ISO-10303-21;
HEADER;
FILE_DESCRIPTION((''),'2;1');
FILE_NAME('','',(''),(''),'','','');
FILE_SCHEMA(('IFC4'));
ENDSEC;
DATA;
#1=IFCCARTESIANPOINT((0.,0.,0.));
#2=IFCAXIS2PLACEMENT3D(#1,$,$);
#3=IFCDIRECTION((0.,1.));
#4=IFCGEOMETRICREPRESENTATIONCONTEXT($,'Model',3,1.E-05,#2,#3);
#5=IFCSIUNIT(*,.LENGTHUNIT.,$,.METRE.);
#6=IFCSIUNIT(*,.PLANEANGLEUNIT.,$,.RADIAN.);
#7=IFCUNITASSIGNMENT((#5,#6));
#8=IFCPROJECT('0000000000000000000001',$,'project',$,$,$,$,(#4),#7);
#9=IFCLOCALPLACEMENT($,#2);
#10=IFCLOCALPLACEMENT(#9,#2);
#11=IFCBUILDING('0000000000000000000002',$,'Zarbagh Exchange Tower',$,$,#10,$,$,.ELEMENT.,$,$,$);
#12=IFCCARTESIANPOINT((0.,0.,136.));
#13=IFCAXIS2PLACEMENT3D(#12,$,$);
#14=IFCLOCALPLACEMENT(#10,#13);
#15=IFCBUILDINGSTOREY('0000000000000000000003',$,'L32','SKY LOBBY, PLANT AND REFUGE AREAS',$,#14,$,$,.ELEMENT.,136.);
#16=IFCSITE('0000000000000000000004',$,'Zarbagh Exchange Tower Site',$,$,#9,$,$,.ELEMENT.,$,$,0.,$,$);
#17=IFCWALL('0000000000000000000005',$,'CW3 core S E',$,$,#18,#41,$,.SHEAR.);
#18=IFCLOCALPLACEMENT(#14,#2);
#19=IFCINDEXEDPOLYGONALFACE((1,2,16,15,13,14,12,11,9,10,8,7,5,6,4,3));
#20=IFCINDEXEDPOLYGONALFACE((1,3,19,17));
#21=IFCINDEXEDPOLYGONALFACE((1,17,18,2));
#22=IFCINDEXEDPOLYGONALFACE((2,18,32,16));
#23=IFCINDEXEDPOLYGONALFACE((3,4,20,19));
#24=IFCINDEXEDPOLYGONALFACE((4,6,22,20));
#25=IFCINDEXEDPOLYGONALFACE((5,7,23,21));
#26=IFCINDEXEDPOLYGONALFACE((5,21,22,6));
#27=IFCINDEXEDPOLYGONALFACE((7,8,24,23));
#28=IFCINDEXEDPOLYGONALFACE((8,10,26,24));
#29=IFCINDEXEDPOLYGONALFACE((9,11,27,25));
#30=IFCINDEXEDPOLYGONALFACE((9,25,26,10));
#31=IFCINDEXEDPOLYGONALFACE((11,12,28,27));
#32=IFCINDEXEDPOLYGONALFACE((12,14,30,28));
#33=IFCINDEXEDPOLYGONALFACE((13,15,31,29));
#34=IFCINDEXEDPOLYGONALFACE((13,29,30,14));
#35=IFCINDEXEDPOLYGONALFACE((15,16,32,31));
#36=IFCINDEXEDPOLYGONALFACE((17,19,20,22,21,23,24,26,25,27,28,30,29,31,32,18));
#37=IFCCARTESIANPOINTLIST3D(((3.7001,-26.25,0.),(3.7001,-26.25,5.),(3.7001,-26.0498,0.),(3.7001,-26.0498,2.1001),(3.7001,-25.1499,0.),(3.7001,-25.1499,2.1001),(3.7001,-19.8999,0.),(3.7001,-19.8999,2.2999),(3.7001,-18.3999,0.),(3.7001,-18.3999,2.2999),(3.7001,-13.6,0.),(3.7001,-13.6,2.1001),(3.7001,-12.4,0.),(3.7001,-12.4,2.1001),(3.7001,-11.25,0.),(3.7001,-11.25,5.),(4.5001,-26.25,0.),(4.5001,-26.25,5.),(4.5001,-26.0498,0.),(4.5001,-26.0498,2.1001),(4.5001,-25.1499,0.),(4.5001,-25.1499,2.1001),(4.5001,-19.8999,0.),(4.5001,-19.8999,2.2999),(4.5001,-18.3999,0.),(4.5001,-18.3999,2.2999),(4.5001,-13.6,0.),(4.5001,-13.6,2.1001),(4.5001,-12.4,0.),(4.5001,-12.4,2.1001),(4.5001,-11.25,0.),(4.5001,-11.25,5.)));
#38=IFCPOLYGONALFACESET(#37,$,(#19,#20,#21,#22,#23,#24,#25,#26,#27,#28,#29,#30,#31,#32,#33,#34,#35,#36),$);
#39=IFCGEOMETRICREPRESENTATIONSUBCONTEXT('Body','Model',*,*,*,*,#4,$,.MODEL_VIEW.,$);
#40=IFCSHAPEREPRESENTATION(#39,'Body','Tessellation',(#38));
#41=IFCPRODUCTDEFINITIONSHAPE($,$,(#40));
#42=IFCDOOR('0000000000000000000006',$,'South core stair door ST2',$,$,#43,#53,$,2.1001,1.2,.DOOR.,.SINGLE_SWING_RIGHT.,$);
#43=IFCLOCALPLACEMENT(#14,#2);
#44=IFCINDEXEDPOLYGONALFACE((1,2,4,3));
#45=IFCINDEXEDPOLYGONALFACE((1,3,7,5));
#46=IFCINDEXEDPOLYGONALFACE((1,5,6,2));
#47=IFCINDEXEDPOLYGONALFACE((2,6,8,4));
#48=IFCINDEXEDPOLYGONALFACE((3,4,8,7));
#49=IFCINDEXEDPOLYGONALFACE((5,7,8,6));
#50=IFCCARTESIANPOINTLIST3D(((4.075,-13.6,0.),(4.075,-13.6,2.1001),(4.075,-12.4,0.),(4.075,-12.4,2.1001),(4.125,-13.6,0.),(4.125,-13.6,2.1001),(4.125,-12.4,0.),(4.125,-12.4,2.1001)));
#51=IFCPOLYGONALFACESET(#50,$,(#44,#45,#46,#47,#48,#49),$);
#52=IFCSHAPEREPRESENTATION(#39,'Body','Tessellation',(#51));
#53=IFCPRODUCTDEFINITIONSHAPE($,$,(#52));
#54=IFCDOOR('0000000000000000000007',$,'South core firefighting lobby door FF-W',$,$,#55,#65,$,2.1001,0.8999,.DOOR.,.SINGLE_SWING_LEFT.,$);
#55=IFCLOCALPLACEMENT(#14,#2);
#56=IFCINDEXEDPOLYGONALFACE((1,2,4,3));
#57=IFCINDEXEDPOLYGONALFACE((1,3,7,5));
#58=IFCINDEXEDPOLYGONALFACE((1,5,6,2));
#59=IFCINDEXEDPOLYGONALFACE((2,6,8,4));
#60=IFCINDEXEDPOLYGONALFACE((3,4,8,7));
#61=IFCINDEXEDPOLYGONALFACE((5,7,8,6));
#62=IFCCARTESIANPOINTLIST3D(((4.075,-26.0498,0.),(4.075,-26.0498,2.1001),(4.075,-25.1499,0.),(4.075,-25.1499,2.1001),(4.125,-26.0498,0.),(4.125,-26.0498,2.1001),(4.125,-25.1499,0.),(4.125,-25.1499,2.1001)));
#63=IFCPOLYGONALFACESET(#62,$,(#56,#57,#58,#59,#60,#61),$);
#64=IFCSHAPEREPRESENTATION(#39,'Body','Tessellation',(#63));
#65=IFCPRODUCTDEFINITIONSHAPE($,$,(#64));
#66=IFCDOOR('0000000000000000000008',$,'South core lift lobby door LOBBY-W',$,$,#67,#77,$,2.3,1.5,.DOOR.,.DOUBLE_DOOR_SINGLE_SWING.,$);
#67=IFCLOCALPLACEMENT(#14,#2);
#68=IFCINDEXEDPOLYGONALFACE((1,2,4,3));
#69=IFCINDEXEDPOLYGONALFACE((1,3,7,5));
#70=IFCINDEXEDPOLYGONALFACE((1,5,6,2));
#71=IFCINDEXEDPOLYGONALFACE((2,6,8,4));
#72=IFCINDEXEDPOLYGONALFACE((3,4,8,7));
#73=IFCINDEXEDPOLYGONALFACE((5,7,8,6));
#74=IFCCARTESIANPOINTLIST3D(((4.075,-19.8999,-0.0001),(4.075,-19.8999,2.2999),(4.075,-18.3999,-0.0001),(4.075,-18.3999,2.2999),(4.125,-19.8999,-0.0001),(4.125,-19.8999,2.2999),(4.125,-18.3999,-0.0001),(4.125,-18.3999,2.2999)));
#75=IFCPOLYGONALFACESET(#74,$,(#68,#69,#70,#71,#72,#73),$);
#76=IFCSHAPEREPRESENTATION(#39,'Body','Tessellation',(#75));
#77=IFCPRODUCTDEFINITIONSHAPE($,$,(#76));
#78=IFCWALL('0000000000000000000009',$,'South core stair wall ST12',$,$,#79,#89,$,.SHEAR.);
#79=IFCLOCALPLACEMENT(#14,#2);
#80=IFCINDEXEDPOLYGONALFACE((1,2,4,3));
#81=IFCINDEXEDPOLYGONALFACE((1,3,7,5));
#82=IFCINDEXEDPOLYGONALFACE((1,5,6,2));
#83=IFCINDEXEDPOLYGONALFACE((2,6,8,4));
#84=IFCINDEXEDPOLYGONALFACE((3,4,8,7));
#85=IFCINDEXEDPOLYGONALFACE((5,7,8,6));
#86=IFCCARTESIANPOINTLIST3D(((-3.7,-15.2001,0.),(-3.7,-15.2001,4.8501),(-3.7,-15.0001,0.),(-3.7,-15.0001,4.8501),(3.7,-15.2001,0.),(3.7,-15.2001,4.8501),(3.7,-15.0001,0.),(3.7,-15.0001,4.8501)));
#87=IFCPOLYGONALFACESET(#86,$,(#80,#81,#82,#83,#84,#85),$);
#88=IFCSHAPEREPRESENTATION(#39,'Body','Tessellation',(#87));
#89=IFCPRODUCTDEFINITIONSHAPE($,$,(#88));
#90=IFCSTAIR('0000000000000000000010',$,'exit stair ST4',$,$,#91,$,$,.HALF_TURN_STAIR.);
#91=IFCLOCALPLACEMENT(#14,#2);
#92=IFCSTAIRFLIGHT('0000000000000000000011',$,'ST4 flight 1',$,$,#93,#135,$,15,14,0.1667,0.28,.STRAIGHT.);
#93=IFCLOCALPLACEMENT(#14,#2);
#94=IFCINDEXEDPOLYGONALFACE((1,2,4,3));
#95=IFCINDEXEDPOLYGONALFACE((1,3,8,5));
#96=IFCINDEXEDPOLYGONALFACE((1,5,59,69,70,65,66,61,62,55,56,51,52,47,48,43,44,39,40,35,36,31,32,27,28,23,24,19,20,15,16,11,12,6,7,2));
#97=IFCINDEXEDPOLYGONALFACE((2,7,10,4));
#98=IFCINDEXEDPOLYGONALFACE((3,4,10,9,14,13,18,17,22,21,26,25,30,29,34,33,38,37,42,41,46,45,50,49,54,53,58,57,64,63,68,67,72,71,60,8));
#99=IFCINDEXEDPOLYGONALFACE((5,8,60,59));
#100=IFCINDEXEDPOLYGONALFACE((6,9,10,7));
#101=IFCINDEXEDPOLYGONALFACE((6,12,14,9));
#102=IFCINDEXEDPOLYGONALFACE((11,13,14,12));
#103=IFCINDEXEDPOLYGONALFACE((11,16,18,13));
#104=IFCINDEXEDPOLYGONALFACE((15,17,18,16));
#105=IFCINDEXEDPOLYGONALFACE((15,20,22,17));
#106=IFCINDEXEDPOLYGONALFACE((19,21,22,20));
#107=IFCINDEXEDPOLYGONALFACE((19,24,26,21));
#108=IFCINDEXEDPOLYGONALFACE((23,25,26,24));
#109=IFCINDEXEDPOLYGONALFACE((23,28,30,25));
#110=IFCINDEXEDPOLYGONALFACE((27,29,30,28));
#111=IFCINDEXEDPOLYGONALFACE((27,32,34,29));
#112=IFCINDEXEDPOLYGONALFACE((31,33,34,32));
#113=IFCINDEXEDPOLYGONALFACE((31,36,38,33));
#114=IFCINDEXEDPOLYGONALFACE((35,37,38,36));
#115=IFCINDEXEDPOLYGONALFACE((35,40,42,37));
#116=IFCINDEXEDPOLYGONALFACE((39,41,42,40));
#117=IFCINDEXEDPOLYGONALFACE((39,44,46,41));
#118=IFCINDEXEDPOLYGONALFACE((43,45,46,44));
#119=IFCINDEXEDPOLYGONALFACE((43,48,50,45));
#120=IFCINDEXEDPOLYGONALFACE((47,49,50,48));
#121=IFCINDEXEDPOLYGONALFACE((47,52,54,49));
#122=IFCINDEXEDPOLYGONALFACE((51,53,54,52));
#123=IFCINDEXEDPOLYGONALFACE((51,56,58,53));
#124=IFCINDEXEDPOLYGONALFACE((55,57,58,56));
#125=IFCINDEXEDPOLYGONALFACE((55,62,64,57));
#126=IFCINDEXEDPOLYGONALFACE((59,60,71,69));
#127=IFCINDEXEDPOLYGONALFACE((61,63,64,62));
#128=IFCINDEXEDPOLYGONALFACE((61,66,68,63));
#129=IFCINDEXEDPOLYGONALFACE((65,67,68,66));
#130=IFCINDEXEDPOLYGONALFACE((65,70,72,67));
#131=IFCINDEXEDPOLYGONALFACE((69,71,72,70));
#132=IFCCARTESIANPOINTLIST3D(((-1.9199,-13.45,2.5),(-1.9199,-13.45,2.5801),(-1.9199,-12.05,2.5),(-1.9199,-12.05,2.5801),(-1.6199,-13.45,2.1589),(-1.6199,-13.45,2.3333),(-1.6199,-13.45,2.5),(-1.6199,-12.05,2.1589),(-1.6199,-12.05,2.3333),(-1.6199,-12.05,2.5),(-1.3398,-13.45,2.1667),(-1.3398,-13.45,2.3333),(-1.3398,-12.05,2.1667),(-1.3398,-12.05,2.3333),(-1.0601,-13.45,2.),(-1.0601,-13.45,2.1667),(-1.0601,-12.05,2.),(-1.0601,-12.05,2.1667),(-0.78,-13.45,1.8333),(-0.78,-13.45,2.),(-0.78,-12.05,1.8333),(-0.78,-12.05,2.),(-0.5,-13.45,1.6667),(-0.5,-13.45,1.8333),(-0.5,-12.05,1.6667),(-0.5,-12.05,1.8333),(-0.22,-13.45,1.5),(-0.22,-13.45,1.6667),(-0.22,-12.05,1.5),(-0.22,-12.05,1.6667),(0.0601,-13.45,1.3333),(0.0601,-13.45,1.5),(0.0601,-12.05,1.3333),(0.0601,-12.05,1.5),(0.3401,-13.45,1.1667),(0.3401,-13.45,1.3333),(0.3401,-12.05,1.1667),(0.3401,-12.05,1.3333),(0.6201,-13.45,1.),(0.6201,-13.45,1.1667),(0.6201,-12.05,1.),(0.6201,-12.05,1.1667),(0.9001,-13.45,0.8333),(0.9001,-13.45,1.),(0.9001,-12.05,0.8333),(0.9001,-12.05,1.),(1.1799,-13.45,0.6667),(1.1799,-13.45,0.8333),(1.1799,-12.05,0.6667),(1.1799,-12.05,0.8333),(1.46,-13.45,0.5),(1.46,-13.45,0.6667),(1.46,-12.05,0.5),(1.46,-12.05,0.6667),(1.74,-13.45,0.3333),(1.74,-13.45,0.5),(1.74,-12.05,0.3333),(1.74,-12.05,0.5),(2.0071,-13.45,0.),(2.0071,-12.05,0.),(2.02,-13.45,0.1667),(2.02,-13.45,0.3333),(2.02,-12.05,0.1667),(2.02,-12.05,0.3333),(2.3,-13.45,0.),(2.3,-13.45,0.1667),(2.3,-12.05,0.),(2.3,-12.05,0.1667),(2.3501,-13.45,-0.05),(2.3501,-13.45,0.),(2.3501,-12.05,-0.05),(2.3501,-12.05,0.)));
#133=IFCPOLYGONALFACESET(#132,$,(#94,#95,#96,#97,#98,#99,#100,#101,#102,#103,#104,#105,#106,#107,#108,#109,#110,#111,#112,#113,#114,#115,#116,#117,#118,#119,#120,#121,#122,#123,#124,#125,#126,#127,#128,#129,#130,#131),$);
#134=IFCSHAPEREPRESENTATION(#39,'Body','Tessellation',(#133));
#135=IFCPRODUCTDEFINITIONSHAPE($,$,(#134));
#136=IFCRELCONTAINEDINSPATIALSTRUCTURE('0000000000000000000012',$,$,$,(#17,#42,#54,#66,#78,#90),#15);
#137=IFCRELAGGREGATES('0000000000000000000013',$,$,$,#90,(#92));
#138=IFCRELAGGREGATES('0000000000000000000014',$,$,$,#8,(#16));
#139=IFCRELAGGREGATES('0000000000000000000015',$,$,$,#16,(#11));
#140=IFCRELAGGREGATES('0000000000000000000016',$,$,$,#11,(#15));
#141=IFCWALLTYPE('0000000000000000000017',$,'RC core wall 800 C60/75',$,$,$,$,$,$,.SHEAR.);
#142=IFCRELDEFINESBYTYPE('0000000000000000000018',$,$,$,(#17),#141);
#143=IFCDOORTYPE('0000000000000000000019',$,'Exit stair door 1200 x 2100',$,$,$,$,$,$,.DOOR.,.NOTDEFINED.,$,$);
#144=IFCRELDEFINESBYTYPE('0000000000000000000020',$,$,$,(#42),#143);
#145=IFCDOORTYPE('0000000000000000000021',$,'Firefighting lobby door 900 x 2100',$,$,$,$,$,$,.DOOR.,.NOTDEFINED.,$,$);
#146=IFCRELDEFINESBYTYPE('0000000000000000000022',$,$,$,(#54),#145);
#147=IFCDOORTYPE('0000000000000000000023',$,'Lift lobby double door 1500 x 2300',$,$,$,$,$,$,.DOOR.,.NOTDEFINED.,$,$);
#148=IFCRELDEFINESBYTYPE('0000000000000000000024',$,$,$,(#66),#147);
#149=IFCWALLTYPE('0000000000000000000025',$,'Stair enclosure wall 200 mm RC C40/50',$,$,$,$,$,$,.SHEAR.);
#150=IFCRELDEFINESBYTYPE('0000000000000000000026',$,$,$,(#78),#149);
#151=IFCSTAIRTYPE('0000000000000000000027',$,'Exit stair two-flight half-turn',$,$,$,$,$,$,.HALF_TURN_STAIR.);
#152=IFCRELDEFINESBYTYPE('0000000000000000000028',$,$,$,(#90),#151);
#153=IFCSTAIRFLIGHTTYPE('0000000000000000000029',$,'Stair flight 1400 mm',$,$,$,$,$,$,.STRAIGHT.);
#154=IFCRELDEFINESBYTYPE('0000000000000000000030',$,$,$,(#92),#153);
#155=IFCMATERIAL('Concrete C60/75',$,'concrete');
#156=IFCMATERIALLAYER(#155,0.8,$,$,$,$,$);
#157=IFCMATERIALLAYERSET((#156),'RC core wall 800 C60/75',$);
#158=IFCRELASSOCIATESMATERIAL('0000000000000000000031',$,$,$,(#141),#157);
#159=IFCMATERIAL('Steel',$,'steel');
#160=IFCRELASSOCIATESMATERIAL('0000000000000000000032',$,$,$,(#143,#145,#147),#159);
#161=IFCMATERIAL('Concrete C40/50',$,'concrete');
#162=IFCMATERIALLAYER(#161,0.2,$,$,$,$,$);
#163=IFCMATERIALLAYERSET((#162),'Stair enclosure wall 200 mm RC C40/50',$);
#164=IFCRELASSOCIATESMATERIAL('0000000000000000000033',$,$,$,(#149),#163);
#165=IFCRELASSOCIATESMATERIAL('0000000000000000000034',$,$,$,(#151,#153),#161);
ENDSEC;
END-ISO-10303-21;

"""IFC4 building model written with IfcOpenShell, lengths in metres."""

from ifc_helpers import new_model, si_unit, direction, frame, frame_2d, origin, place, context, subcontext, project, spatial, polyline, rectangle, outline, extrude, material, layer, layer_set, type_object, element, fill, aggregate, save


model = new_model("IFC4")

# Units and contexts
model_context = context("Model", 3, precision=1e-05, world=origin(), true_north=direction((0.0, 1.0)))
body_context = subcontext(model_context, "Body", "Model", "MODEL_VIEW")
ifc_project = project(units=[si_unit("LENGTHUNIT", "METRE"), si_unit("PLANEANGLEUNIT", "RADIAN")], contexts=[model_context])

# Site, building, storey
site_placement = place(None, origin())
site = spatial("IfcSite", under=ifc_project, at=site_placement, Name="Zarbagh Exchange Tower Site", CompositionType="ELEMENT", RefElevation=0.0)
building_placement = place(site_placement, origin())
building = spatial("IfcBuilding", under=site, at=building_placement, Name="Zarbagh Exchange Tower", CompositionType="ELEMENT")
storey_placement = place(building_placement, frame((0.0, 0.0, 136.0)))
storey = spatial("IfcBuildingStorey", under=building, at=storey_placement, Name="L32", Description="SKY LOBBY, PLANT AND REFUGE AREAS", CompositionType="ELEMENT", Elevation=136.0)

# Shared definitions
ifc_material_1 = material(Name="Concrete C60/75", Category="concrete")

# Shared definitions
ifc_material_2 = material(Name="Concrete C40/50", Category="concrete")

# Wall, openings, doors
ifc_layer_1 = layer(ifc_material_1, 0.8)
ifc_layer_set_1 = layer_set([ifc_layer_1], Name="RC core wall 800 C60/75")
wall_type_1 = type_object("IfcWallType", Name="RC core wall 800 C60/75", PredefinedType="SHEAR", material=ifc_layer_set_1)
wall_1_placement = place(storey_placement, frame((4.1001, -11.25, 0.0), z_axis=(0.0, 0.0, 1.0), x_axis=(0.0, -1.0, 0.0)))
wall_1 = element("IfcWall", 1, at=wall_1_placement, inside=storey, type_object=wall_type_1, Name="CW3 core S E", PredefinedType="SHEAR", context=body_context, shape_type="SweptSolid", body=[
    extrude(rectangle(XDim=15.0, YDim=0.8, at=frame_2d((7.5, 0.0))), origin(), (0.0, 0.0, 1.0), 5.0),
])
opening_1_placement = place(wall_1_placement, frame((7.1499, 0.0, 0.0)))
opening_1 = element("IfcOpeningElement", 2, at=opening_1_placement, cuts=wall_1, PredefinedType="OPENING", context=body_context, shape_type="SweptSolid", body=[
    extrude(rectangle(XDim=1.5, YDim=2.3, at=frame_2d((0.75, 1.1499))), frame((0.0, 0.4099, 0.0), z_axis=(0.0, -1.0, 0.0), x_axis=(1.0, 0.0, 0.0)), (0.0, 0.0, 1.0), 0.8201),
])
opening_2_placement = place(wall_1_placement, frame((13.8999, 0.0, 0.0)))
opening_2 = element("IfcOpeningElement", 3, at=opening_2_placement, cuts=wall_1, PredefinedType="OPENING", context=body_context, shape_type="SweptSolid", body=[
    extrude(rectangle(XDim=0.8999, YDim=2.1001, at=frame_2d((0.45, 1.05))), frame((0.0, 0.4099, 0.0), z_axis=(0.0, -1.0, 0.0), x_axis=(1.0, 0.0, 0.0)), (0.0, 0.0, 1.0), 0.8201),
])
opening_3_placement = place(wall_1_placement, frame((1.1499, 0.0, 0.0)))
opening_3 = element("IfcOpeningElement", 4, at=opening_3_placement, cuts=wall_1, PredefinedType="OPENING", context=body_context, shape_type="SweptSolid", body=[
    extrude(rectangle(XDim=1.2, YDim=2.1001, at=frame_2d((0.6001, 1.05))), frame((0.0, 0.4099, 0.0), z_axis=(0.0, -1.0, 0.0), x_axis=(1.0, 0.0, 0.0)), (0.0, 0.0, 1.0), 0.8201),
])
ifc_material_3 = material(Name="Steel", Category="steel")
door_type_1 = type_object("IfcDoorType", Name="Exit stair door 1200 x 2100", OperationType="NOTDEFINED", PredefinedType="DOOR", material=ifc_material_3)
door_1_placement = place(opening_3_placement, origin())
door_1 = element("IfcDoor", 5, at=door_1_placement, inside=storey, type_object=door_type_1, Name="South core stair door ST2", OperationType="SINGLE_SWING_RIGHT", OverallHeight=2.1001, OverallWidth=1.2, PredefinedType="DOOR", context=body_context, shape_type="SweptSolid", body=[
    extrude(rectangle(XDim=1.2, YDim=2.1001, at=frame_2d((0.6001, 1.05))), frame((0.0, 0.0249, 0.0), z_axis=(0.0, -1.0, 0.0), x_axis=(1.0, 0.0, 0.0)), (0.0, 0.0, 1.0), 0.05),
])
fill(opening_3, door_1)
door_type_2 = type_object("IfcDoorType", Name="Firefighting lobby door 900 x 2100", OperationType="NOTDEFINED", PredefinedType="DOOR", material=ifc_material_3)
door_2_placement = place(opening_2_placement, origin())
door_2 = element("IfcDoor", 6, at=door_2_placement, inside=storey, type_object=door_type_2, Name="South core firefighting lobby door FF-W", OperationType="SINGLE_SWING_LEFT", OverallHeight=2.1001, OverallWidth=0.8999, PredefinedType="DOOR", context=body_context, shape_type="SweptSolid", body=[
    extrude(rectangle(XDim=0.8999, YDim=2.1001, at=frame_2d((0.45, 1.05))), frame((0.0, 0.0249, 0.0), z_axis=(0.0, -1.0, 0.0), x_axis=(1.0, 0.0, 0.0)), (0.0, 0.0, 1.0), 0.05),
])
fill(opening_2, door_2)
door_type_3 = type_object("IfcDoorType", Name="Lift lobby double door 1500 x 2300", OperationType="NOTDEFINED", PredefinedType="DOOR", material=ifc_material_3)
door_3_placement = place(opening_1_placement, origin())
door_3 = element("IfcDoor", 7, at=door_3_placement, inside=storey, type_object=door_type_3, Name="South core lift lobby door LOBBY-W", OperationType="DOUBLE_DOOR_SINGLE_SWING", OverallHeight=2.3, OverallWidth=1.5, PredefinedType="DOOR", context=body_context, shape_type="SweptSolid", body=[
    extrude(rectangle(XDim=1.5, YDim=2.3, at=frame_2d((0.75, 1.1499))), frame((0.0, 0.0249, 0.0), z_axis=(0.0, -1.0, 0.0), x_axis=(1.0, 0.0, 0.0)), (0.0, 0.0, 1.0), 0.05),
])
fill(opening_1, door_3)

# Wall
ifc_layer_2 = layer(ifc_material_2, 0.2)
ifc_layer_set_2 = layer_set([ifc_layer_2], Name="Stair enclosure wall 200 mm RC C40/50")
wall_type_2 = type_object("IfcWallType", Name="Stair enclosure wall 200 mm RC C40/50", PredefinedType="SHEAR", material=ifc_layer_set_2)
wall_2_placement = place(storey_placement, frame((3.7, -15.1001, 0.0), z_axis=(0.0, 0.0, 1.0), x_axis=(-1.0, 0.0, 0.0)))
element("IfcWall", 8, at=wall_2_placement, inside=storey, type_object=wall_type_2, Name="South core stair wall ST12", PredefinedType="SHEAR", context=body_context, shape_type="SweptSolid", body=[
    extrude(rectangle(XDim=7.3999, YDim=0.2, at=frame_2d((3.7, 0.0))), origin(), (0.0, 0.0, 1.0), 4.8501),
])

# Stair, stair flight
stair_type = type_object("IfcStairType", Name="Exit stair two-flight half-turn", PredefinedType="HALF_TURN_STAIR", material=ifc_material_2)
stair_placement = place(storey_placement, origin())
stair = element("IfcStair", 9, at=stair_placement, inside=storey, type_object=stair_type, Name="exit stair ST4", PredefinedType="HALF_TURN_STAIR")
stair_flight_type = type_object("IfcStairFlightType", Name="Stair flight 1400 mm", PredefinedType="STRAIGHT", material=ifc_material_2)
stair_flight_placement = place(storey_placement, frame((2.3, -12.75, 0.0), z_axis=(0.0, 0.0, 1.0), x_axis=(-1.0, 0.0, 0.0)))
stair_flight = element("IfcStairFlight", 10, at=stair_flight_placement, type_object=stair_flight_type, Name="ST4 flight 1", NumberOfRisers=15, NumberOfTreads=14, PredefinedType="STRAIGHT", RiserHeight=0.1667, TreadLength=0.28, context=body_context, shape_type="SweptSolid", body=[
    extrude(outline(polyline([(-0.05, -0.05), (-0.05, 0.0), (0.0, 0.0), (0.0, 0.1667), (0.28, 0.1667), (0.28, 0.3333), (0.5601, 0.3333), (0.5601, 0.5), (0.8401, 0.5), (0.8401, 0.6667), (1.1201, 0.6667), (1.1201, 0.8333), (1.3999, 0.8333), (1.3999, 1.0), (1.6799, 1.0), (1.6799, 1.1667), (1.96, 1.1667), (1.96, 1.3333), (2.24, 1.3333), (2.24, 1.5), (2.52, 1.5), (2.52, 1.6667), (2.8, 1.6667), (2.8, 1.8333), (3.0801, 1.8333), (3.0801, 2.0), (3.3601, 2.0), (3.3601, 2.1667), (3.6399, 2.1667), (3.6399, 2.3333), (3.9199, 2.3333), (3.9199, 2.5), (4.22, 2.5801), (4.22, 2.5), (3.9199, 2.1589), (0.293, 0.0), (-0.05, -0.05)])), frame((0.0, 0.7, 0.0), z_axis=(0.0, -1.0, 0.0), x_axis=(1.0, 0.0, 0.0)), (0.0, 0.0, 1.0), 1.3999),
])
aggregate(stair, [stair_flight])

save(model, "model.ifc")
